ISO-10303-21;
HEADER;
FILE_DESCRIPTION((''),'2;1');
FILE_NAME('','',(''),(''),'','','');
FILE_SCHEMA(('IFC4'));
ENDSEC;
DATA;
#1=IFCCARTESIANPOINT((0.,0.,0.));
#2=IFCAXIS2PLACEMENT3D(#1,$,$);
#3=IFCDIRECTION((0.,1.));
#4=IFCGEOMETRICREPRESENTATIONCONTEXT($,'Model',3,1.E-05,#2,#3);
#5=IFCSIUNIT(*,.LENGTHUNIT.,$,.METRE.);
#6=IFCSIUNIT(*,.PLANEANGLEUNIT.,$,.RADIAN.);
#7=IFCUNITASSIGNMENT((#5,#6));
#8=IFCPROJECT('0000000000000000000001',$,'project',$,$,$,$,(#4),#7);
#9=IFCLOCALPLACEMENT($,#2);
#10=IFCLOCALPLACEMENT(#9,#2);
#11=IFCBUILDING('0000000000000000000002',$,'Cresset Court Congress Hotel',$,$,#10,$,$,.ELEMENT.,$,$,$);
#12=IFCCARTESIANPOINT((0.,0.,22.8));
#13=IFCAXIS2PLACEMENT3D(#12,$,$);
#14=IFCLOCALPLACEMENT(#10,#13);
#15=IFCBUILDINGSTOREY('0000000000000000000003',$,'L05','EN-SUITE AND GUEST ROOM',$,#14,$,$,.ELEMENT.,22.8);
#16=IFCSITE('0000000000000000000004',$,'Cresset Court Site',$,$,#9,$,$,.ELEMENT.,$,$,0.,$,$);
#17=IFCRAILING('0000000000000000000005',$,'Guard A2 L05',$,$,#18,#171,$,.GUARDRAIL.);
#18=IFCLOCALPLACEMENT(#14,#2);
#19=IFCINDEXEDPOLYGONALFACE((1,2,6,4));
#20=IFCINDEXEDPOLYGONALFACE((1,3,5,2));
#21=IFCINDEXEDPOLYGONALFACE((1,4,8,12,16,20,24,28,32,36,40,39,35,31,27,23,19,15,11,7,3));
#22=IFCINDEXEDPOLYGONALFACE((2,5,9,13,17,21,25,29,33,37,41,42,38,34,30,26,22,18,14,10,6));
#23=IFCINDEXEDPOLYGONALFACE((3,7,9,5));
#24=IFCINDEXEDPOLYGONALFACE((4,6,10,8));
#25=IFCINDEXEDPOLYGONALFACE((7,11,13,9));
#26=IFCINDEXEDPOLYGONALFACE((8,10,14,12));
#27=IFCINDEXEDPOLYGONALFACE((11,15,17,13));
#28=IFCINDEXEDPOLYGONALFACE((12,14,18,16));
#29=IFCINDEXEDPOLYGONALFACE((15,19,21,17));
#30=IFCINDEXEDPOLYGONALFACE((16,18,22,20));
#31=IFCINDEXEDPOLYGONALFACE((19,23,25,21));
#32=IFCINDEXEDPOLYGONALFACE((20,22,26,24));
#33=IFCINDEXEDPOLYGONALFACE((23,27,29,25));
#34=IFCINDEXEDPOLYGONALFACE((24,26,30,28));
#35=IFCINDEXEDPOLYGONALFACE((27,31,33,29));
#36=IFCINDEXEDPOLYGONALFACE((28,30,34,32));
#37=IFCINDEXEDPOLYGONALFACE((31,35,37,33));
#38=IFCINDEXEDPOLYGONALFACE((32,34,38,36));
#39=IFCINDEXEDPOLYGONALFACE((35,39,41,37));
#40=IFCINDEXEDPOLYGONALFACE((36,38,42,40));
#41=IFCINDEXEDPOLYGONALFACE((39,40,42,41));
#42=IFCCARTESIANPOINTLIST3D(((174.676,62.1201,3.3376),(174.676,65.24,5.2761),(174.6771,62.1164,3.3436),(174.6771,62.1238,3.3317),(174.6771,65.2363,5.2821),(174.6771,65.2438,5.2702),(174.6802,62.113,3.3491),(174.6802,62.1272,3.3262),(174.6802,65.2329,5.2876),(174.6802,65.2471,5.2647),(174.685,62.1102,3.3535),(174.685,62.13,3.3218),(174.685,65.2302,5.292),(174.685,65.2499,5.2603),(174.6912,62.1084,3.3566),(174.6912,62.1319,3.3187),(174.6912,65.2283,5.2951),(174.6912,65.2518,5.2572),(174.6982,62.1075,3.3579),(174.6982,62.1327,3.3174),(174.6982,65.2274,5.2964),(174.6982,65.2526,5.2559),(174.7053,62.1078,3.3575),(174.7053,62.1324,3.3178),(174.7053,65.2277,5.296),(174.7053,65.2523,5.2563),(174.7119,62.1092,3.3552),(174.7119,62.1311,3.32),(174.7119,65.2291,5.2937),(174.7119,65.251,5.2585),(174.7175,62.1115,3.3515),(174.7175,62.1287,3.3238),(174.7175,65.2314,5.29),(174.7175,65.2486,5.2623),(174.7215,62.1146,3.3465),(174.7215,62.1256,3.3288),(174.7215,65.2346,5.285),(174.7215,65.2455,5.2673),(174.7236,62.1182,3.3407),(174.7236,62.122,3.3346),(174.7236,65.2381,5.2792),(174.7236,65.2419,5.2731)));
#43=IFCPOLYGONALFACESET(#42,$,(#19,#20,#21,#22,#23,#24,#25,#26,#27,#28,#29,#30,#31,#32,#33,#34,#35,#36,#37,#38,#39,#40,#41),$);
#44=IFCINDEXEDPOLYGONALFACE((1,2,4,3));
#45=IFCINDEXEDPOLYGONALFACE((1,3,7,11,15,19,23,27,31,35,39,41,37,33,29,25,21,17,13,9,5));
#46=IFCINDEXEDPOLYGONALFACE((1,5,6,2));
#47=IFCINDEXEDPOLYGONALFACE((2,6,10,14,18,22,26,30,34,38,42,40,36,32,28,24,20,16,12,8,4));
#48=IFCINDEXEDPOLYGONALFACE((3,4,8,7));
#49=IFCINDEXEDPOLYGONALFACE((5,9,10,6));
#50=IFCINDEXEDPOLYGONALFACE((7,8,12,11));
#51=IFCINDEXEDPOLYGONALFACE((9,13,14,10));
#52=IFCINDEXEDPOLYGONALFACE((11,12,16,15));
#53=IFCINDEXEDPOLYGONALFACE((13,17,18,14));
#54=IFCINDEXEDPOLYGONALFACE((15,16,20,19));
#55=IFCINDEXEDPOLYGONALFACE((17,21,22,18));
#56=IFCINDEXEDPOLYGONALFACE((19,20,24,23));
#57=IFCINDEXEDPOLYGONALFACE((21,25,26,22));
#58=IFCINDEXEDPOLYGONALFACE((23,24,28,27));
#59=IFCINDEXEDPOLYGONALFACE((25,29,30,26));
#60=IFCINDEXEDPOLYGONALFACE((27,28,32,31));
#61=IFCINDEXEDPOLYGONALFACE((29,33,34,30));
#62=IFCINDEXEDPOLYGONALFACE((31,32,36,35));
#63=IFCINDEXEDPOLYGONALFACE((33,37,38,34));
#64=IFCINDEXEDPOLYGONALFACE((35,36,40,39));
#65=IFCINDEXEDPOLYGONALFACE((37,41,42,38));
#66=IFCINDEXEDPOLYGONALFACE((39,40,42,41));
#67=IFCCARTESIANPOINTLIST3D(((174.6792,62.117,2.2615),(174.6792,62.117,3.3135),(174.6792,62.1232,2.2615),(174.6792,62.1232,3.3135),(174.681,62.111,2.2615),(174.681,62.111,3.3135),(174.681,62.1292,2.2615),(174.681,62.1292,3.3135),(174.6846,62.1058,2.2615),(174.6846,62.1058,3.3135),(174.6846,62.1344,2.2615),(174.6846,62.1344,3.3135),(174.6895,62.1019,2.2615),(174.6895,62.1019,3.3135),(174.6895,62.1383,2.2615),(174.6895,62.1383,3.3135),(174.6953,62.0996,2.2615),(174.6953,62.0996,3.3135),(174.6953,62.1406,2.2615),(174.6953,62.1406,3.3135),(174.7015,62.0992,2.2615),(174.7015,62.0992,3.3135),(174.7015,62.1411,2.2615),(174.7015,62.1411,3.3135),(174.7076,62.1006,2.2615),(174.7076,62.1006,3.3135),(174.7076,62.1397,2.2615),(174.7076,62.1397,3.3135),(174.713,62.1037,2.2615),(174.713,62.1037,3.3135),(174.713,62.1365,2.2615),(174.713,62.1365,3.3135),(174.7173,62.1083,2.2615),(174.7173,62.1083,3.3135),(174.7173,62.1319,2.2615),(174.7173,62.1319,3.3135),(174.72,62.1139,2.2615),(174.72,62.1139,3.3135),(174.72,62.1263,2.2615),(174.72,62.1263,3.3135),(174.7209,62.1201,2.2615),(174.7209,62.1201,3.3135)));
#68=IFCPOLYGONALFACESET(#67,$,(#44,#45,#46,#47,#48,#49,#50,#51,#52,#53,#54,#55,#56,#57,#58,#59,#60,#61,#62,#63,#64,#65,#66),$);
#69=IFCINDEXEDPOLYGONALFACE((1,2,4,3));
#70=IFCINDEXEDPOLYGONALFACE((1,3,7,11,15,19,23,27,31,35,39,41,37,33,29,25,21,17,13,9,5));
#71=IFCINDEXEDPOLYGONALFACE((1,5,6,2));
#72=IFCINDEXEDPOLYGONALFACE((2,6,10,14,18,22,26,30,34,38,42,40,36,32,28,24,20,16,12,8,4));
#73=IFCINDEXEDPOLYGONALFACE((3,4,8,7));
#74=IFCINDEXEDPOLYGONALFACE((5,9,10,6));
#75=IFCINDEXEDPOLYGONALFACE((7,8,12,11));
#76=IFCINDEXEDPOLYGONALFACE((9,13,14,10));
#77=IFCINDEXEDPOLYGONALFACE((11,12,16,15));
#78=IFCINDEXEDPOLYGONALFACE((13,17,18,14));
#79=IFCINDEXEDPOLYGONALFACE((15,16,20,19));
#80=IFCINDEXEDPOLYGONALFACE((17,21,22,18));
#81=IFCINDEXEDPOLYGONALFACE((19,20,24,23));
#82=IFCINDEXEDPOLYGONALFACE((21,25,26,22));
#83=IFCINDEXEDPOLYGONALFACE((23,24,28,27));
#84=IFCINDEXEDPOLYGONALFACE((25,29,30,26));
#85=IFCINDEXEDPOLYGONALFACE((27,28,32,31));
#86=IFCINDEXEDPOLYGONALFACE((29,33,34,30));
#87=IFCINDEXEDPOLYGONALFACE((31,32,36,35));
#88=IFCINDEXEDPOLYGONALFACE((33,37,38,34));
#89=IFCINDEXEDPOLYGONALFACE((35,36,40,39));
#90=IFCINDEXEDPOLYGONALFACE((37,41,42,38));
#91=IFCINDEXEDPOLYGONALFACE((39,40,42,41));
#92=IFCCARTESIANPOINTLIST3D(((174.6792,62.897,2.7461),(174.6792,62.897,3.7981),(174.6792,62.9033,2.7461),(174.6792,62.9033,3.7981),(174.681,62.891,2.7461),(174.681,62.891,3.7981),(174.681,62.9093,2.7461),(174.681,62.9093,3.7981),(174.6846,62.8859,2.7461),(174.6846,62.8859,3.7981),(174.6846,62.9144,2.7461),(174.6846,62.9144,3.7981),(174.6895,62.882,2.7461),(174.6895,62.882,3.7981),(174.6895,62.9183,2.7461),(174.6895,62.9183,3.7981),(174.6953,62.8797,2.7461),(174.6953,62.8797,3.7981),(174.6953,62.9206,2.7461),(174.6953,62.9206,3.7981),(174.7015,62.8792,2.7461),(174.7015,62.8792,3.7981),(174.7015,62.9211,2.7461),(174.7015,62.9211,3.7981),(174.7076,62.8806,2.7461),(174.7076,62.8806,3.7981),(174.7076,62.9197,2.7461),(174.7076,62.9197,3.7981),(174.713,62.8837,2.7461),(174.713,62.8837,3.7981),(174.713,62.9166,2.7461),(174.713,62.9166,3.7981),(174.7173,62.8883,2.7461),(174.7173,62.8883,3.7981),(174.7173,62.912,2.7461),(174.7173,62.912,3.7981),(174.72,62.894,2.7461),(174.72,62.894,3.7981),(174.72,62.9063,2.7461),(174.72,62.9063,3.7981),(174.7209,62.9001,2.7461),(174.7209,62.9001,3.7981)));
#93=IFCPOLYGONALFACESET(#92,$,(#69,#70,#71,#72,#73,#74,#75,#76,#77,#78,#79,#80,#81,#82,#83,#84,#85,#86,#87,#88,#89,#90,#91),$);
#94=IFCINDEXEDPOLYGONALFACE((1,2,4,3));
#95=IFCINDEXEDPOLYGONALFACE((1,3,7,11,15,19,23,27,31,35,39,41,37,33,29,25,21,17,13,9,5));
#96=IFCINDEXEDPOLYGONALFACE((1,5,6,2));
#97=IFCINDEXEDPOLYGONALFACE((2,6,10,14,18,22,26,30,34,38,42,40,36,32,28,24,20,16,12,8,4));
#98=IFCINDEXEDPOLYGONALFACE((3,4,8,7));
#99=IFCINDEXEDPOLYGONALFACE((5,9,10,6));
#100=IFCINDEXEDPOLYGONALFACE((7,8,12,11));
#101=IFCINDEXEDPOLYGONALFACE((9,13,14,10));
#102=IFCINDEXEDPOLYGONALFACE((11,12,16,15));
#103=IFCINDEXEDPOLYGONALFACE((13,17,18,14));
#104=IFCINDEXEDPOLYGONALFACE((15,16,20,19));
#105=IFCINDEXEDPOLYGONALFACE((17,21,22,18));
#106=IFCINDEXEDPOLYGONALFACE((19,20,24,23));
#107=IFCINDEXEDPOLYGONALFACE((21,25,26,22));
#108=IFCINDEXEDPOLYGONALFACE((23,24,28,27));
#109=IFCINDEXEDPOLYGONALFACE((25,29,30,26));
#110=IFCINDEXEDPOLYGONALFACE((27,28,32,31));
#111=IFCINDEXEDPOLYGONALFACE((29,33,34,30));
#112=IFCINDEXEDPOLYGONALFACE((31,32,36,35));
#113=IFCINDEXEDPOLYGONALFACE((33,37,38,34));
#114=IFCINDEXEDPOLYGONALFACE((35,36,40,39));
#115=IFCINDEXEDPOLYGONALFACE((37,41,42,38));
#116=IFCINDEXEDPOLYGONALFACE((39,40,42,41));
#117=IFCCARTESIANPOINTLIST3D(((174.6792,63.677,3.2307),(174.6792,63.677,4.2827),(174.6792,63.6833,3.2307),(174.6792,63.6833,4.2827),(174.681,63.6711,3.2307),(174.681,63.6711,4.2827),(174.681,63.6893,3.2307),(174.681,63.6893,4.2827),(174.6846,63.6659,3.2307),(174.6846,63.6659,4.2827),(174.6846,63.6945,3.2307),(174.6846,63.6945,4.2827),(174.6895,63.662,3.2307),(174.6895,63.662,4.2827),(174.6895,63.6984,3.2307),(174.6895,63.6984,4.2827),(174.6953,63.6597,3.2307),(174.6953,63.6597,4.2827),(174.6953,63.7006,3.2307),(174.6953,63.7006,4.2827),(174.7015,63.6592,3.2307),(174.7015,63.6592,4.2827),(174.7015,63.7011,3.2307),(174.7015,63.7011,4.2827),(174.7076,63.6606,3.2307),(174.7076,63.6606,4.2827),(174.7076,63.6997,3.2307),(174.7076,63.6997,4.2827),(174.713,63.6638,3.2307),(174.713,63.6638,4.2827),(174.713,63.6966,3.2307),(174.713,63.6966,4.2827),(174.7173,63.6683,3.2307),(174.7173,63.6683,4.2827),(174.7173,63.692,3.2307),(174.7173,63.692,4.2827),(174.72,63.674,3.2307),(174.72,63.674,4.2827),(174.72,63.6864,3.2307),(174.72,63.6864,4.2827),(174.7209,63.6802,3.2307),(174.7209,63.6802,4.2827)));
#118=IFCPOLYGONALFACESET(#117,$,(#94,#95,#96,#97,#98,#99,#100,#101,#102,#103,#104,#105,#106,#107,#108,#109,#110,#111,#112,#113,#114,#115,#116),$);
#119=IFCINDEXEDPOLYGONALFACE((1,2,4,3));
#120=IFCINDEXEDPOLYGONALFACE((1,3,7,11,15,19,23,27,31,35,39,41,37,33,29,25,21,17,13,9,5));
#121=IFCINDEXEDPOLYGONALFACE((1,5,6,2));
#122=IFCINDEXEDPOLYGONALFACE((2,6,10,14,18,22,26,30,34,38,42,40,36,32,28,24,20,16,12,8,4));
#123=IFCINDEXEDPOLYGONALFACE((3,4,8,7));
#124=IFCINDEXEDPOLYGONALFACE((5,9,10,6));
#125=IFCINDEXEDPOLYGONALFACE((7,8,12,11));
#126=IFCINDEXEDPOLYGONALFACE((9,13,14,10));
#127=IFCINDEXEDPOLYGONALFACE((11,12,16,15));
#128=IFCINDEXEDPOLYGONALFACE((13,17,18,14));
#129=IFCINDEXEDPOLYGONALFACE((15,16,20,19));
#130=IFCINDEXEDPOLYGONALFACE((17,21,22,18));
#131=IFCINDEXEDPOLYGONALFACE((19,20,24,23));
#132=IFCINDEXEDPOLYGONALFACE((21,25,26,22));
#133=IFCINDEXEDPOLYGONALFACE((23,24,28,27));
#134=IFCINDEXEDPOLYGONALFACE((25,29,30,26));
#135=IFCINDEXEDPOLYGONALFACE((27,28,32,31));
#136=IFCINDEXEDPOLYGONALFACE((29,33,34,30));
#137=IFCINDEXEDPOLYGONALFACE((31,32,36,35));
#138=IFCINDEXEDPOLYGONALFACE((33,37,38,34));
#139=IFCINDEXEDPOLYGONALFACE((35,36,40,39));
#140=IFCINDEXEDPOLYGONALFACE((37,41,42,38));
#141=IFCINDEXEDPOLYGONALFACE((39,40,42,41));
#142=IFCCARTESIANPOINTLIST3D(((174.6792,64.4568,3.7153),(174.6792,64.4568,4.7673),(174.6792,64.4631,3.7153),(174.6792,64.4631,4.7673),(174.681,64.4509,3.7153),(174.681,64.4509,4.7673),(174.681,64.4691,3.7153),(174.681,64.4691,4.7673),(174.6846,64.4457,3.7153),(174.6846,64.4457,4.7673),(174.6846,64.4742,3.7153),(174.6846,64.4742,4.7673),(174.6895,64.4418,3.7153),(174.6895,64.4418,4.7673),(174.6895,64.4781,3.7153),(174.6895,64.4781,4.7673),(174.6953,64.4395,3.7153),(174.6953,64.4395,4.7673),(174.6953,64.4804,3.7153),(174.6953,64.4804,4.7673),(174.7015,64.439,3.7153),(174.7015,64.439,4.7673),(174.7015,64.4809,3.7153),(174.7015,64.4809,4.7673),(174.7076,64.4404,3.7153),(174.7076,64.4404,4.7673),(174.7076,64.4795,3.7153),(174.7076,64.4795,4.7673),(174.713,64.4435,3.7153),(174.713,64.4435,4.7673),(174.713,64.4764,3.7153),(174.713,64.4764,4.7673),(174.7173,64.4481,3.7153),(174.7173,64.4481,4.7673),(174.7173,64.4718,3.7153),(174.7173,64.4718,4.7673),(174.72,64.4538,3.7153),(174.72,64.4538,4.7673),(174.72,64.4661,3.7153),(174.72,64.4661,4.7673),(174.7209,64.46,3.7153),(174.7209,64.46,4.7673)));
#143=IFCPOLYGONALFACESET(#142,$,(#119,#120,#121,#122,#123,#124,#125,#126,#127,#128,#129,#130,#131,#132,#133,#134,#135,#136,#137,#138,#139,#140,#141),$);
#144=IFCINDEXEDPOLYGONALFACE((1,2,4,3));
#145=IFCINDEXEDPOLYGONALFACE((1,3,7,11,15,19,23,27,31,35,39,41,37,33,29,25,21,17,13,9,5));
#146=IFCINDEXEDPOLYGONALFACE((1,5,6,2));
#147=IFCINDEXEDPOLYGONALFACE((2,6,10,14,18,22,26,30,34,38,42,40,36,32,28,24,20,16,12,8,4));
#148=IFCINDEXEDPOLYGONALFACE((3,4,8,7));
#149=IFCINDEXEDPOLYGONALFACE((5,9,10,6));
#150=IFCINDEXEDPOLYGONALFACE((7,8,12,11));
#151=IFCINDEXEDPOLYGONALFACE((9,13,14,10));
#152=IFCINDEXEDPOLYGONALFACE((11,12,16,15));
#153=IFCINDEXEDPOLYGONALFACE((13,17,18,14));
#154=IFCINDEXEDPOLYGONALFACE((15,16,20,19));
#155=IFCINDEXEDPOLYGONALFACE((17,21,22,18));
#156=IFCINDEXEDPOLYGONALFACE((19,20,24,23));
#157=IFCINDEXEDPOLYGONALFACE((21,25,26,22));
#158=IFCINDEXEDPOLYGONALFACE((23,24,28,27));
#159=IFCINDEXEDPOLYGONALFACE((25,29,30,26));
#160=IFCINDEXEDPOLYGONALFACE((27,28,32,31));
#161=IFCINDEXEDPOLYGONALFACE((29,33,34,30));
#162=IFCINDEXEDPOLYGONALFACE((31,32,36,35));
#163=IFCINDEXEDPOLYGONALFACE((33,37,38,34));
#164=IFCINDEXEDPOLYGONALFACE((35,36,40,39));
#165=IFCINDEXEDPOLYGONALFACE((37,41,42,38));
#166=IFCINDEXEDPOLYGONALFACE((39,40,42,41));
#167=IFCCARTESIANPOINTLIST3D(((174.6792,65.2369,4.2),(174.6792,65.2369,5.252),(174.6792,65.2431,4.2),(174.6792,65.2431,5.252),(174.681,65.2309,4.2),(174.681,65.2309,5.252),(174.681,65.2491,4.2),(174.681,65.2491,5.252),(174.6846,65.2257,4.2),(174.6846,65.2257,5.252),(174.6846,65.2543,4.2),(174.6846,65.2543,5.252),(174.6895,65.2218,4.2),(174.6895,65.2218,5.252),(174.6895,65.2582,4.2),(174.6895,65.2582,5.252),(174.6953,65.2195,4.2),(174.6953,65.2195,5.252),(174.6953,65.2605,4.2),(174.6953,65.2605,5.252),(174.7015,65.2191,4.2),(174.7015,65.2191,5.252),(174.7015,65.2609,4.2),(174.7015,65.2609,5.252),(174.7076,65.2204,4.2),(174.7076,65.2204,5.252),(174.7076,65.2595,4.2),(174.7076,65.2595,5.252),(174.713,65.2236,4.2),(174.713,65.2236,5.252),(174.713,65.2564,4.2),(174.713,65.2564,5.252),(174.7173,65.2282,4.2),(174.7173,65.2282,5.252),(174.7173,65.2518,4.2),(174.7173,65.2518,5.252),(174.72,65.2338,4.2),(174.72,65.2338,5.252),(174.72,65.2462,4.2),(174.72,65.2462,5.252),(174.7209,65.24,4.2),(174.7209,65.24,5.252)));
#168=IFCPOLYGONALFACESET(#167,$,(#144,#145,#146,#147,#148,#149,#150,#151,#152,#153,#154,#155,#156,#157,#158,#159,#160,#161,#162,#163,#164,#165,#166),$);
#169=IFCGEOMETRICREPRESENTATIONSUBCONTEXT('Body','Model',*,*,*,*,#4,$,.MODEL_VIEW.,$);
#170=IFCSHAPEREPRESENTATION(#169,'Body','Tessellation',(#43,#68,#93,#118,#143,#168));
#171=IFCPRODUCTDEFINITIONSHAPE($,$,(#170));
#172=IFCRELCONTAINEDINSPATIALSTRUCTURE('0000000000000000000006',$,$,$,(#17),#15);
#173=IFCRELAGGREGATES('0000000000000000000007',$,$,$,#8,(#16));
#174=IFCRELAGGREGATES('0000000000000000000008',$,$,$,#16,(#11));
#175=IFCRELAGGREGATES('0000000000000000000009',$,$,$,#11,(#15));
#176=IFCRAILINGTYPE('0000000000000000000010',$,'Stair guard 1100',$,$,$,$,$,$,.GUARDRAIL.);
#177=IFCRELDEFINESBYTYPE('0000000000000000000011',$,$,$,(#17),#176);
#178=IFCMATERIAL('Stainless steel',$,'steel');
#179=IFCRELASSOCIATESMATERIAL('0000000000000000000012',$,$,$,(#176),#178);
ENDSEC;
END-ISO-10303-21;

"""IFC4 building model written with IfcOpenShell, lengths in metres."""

from ifc_helpers import new_model, si_unit, direction, frame, origin, origin_2d, place, context, subcontext, project, spatial, circle, extrude, material, type_object, element, save


model = new_model("IFC4")

# Units and contexts
model_context = context("Model", 3, precision=1e-05, world=origin(), true_north=direction((0.0, 1.0)))
body_context = subcontext(model_context, "Body", "Model", "MODEL_VIEW")
ifc_project = project(units=[si_unit("LENGTHUNIT", "METRE"), si_unit("PLANEANGLEUNIT", "RADIAN")], contexts=[model_context])

# Site, building, storey
site_placement = place(None, origin())
site = spatial("IfcSite", under=ifc_project, at=site_placement, Name="Cresset Court Site", CompositionType="ELEMENT", RefElevation=0.0)
building_placement = place(site_placement, origin())
building = spatial("IfcBuilding", under=site, at=building_placement, Name="Cresset Court Congress Hotel", CompositionType="ELEMENT")
storey_placement = place(building_placement, frame((0.0, 0.0, 22.8)))
storey = spatial("IfcBuildingStorey", under=building, at=storey_placement, Name="L05", Description="EN-SUITE AND GUEST ROOM", CompositionType="ELEMENT", Elevation=22.8)

# Railing
ifc_material_1 = material(Name="Stainless steel", Category="steel")
railing_type = type_object("IfcRailingType", Name="Stair guard 1100", PredefinedType="GUARDRAIL", material=ifc_material_1)
railing_placement = place(storey_placement, frame((174.7, 62.1201, 2.2615)))
element("IfcRailing", 1, at=railing_placement, inside=storey, type_object=railing_type, Name="Guard A2 L05", PredefinedType="GUARDRAIL", context=body_context, shape_type="SweptSolid", body=[
    extrude(circle(Radius=0.0239, at=origin_2d()), frame((0.0, 0.0, 1.0762), z_axis=(0.0, 0.849396, 0.527757), x_axis=(-1.0, 0.0, 0.0)), (0.0, 0.0, 1.0), 3.6731),
    extrude(circle(Radius=0.021, at=origin_2d()), origin(), (0.0, 0.0, 1.0), 1.052),
    extrude(circle(Radius=0.021, at=origin_2d()), frame((0.0, 0.78, 0.4846)), (0.0, 0.0, 1.0), 1.052),
    extrude(circle(Radius=0.021, at=origin_2d()), frame((0.0, 1.5601, 0.9692)), (0.0, 0.0, 1.0), 1.052),
    extrude(circle(Radius=0.021, at=origin_2d()), frame((0.0, 2.3398, 1.4539)), (0.0, 0.0, 1.0), 1.052),
    extrude(circle(Radius=0.021, at=origin_2d()), frame((0.0, 3.1199, 1.9385)), (0.0, 0.0, 1.0), 1.052),
])

save(model, "model.ifc")
